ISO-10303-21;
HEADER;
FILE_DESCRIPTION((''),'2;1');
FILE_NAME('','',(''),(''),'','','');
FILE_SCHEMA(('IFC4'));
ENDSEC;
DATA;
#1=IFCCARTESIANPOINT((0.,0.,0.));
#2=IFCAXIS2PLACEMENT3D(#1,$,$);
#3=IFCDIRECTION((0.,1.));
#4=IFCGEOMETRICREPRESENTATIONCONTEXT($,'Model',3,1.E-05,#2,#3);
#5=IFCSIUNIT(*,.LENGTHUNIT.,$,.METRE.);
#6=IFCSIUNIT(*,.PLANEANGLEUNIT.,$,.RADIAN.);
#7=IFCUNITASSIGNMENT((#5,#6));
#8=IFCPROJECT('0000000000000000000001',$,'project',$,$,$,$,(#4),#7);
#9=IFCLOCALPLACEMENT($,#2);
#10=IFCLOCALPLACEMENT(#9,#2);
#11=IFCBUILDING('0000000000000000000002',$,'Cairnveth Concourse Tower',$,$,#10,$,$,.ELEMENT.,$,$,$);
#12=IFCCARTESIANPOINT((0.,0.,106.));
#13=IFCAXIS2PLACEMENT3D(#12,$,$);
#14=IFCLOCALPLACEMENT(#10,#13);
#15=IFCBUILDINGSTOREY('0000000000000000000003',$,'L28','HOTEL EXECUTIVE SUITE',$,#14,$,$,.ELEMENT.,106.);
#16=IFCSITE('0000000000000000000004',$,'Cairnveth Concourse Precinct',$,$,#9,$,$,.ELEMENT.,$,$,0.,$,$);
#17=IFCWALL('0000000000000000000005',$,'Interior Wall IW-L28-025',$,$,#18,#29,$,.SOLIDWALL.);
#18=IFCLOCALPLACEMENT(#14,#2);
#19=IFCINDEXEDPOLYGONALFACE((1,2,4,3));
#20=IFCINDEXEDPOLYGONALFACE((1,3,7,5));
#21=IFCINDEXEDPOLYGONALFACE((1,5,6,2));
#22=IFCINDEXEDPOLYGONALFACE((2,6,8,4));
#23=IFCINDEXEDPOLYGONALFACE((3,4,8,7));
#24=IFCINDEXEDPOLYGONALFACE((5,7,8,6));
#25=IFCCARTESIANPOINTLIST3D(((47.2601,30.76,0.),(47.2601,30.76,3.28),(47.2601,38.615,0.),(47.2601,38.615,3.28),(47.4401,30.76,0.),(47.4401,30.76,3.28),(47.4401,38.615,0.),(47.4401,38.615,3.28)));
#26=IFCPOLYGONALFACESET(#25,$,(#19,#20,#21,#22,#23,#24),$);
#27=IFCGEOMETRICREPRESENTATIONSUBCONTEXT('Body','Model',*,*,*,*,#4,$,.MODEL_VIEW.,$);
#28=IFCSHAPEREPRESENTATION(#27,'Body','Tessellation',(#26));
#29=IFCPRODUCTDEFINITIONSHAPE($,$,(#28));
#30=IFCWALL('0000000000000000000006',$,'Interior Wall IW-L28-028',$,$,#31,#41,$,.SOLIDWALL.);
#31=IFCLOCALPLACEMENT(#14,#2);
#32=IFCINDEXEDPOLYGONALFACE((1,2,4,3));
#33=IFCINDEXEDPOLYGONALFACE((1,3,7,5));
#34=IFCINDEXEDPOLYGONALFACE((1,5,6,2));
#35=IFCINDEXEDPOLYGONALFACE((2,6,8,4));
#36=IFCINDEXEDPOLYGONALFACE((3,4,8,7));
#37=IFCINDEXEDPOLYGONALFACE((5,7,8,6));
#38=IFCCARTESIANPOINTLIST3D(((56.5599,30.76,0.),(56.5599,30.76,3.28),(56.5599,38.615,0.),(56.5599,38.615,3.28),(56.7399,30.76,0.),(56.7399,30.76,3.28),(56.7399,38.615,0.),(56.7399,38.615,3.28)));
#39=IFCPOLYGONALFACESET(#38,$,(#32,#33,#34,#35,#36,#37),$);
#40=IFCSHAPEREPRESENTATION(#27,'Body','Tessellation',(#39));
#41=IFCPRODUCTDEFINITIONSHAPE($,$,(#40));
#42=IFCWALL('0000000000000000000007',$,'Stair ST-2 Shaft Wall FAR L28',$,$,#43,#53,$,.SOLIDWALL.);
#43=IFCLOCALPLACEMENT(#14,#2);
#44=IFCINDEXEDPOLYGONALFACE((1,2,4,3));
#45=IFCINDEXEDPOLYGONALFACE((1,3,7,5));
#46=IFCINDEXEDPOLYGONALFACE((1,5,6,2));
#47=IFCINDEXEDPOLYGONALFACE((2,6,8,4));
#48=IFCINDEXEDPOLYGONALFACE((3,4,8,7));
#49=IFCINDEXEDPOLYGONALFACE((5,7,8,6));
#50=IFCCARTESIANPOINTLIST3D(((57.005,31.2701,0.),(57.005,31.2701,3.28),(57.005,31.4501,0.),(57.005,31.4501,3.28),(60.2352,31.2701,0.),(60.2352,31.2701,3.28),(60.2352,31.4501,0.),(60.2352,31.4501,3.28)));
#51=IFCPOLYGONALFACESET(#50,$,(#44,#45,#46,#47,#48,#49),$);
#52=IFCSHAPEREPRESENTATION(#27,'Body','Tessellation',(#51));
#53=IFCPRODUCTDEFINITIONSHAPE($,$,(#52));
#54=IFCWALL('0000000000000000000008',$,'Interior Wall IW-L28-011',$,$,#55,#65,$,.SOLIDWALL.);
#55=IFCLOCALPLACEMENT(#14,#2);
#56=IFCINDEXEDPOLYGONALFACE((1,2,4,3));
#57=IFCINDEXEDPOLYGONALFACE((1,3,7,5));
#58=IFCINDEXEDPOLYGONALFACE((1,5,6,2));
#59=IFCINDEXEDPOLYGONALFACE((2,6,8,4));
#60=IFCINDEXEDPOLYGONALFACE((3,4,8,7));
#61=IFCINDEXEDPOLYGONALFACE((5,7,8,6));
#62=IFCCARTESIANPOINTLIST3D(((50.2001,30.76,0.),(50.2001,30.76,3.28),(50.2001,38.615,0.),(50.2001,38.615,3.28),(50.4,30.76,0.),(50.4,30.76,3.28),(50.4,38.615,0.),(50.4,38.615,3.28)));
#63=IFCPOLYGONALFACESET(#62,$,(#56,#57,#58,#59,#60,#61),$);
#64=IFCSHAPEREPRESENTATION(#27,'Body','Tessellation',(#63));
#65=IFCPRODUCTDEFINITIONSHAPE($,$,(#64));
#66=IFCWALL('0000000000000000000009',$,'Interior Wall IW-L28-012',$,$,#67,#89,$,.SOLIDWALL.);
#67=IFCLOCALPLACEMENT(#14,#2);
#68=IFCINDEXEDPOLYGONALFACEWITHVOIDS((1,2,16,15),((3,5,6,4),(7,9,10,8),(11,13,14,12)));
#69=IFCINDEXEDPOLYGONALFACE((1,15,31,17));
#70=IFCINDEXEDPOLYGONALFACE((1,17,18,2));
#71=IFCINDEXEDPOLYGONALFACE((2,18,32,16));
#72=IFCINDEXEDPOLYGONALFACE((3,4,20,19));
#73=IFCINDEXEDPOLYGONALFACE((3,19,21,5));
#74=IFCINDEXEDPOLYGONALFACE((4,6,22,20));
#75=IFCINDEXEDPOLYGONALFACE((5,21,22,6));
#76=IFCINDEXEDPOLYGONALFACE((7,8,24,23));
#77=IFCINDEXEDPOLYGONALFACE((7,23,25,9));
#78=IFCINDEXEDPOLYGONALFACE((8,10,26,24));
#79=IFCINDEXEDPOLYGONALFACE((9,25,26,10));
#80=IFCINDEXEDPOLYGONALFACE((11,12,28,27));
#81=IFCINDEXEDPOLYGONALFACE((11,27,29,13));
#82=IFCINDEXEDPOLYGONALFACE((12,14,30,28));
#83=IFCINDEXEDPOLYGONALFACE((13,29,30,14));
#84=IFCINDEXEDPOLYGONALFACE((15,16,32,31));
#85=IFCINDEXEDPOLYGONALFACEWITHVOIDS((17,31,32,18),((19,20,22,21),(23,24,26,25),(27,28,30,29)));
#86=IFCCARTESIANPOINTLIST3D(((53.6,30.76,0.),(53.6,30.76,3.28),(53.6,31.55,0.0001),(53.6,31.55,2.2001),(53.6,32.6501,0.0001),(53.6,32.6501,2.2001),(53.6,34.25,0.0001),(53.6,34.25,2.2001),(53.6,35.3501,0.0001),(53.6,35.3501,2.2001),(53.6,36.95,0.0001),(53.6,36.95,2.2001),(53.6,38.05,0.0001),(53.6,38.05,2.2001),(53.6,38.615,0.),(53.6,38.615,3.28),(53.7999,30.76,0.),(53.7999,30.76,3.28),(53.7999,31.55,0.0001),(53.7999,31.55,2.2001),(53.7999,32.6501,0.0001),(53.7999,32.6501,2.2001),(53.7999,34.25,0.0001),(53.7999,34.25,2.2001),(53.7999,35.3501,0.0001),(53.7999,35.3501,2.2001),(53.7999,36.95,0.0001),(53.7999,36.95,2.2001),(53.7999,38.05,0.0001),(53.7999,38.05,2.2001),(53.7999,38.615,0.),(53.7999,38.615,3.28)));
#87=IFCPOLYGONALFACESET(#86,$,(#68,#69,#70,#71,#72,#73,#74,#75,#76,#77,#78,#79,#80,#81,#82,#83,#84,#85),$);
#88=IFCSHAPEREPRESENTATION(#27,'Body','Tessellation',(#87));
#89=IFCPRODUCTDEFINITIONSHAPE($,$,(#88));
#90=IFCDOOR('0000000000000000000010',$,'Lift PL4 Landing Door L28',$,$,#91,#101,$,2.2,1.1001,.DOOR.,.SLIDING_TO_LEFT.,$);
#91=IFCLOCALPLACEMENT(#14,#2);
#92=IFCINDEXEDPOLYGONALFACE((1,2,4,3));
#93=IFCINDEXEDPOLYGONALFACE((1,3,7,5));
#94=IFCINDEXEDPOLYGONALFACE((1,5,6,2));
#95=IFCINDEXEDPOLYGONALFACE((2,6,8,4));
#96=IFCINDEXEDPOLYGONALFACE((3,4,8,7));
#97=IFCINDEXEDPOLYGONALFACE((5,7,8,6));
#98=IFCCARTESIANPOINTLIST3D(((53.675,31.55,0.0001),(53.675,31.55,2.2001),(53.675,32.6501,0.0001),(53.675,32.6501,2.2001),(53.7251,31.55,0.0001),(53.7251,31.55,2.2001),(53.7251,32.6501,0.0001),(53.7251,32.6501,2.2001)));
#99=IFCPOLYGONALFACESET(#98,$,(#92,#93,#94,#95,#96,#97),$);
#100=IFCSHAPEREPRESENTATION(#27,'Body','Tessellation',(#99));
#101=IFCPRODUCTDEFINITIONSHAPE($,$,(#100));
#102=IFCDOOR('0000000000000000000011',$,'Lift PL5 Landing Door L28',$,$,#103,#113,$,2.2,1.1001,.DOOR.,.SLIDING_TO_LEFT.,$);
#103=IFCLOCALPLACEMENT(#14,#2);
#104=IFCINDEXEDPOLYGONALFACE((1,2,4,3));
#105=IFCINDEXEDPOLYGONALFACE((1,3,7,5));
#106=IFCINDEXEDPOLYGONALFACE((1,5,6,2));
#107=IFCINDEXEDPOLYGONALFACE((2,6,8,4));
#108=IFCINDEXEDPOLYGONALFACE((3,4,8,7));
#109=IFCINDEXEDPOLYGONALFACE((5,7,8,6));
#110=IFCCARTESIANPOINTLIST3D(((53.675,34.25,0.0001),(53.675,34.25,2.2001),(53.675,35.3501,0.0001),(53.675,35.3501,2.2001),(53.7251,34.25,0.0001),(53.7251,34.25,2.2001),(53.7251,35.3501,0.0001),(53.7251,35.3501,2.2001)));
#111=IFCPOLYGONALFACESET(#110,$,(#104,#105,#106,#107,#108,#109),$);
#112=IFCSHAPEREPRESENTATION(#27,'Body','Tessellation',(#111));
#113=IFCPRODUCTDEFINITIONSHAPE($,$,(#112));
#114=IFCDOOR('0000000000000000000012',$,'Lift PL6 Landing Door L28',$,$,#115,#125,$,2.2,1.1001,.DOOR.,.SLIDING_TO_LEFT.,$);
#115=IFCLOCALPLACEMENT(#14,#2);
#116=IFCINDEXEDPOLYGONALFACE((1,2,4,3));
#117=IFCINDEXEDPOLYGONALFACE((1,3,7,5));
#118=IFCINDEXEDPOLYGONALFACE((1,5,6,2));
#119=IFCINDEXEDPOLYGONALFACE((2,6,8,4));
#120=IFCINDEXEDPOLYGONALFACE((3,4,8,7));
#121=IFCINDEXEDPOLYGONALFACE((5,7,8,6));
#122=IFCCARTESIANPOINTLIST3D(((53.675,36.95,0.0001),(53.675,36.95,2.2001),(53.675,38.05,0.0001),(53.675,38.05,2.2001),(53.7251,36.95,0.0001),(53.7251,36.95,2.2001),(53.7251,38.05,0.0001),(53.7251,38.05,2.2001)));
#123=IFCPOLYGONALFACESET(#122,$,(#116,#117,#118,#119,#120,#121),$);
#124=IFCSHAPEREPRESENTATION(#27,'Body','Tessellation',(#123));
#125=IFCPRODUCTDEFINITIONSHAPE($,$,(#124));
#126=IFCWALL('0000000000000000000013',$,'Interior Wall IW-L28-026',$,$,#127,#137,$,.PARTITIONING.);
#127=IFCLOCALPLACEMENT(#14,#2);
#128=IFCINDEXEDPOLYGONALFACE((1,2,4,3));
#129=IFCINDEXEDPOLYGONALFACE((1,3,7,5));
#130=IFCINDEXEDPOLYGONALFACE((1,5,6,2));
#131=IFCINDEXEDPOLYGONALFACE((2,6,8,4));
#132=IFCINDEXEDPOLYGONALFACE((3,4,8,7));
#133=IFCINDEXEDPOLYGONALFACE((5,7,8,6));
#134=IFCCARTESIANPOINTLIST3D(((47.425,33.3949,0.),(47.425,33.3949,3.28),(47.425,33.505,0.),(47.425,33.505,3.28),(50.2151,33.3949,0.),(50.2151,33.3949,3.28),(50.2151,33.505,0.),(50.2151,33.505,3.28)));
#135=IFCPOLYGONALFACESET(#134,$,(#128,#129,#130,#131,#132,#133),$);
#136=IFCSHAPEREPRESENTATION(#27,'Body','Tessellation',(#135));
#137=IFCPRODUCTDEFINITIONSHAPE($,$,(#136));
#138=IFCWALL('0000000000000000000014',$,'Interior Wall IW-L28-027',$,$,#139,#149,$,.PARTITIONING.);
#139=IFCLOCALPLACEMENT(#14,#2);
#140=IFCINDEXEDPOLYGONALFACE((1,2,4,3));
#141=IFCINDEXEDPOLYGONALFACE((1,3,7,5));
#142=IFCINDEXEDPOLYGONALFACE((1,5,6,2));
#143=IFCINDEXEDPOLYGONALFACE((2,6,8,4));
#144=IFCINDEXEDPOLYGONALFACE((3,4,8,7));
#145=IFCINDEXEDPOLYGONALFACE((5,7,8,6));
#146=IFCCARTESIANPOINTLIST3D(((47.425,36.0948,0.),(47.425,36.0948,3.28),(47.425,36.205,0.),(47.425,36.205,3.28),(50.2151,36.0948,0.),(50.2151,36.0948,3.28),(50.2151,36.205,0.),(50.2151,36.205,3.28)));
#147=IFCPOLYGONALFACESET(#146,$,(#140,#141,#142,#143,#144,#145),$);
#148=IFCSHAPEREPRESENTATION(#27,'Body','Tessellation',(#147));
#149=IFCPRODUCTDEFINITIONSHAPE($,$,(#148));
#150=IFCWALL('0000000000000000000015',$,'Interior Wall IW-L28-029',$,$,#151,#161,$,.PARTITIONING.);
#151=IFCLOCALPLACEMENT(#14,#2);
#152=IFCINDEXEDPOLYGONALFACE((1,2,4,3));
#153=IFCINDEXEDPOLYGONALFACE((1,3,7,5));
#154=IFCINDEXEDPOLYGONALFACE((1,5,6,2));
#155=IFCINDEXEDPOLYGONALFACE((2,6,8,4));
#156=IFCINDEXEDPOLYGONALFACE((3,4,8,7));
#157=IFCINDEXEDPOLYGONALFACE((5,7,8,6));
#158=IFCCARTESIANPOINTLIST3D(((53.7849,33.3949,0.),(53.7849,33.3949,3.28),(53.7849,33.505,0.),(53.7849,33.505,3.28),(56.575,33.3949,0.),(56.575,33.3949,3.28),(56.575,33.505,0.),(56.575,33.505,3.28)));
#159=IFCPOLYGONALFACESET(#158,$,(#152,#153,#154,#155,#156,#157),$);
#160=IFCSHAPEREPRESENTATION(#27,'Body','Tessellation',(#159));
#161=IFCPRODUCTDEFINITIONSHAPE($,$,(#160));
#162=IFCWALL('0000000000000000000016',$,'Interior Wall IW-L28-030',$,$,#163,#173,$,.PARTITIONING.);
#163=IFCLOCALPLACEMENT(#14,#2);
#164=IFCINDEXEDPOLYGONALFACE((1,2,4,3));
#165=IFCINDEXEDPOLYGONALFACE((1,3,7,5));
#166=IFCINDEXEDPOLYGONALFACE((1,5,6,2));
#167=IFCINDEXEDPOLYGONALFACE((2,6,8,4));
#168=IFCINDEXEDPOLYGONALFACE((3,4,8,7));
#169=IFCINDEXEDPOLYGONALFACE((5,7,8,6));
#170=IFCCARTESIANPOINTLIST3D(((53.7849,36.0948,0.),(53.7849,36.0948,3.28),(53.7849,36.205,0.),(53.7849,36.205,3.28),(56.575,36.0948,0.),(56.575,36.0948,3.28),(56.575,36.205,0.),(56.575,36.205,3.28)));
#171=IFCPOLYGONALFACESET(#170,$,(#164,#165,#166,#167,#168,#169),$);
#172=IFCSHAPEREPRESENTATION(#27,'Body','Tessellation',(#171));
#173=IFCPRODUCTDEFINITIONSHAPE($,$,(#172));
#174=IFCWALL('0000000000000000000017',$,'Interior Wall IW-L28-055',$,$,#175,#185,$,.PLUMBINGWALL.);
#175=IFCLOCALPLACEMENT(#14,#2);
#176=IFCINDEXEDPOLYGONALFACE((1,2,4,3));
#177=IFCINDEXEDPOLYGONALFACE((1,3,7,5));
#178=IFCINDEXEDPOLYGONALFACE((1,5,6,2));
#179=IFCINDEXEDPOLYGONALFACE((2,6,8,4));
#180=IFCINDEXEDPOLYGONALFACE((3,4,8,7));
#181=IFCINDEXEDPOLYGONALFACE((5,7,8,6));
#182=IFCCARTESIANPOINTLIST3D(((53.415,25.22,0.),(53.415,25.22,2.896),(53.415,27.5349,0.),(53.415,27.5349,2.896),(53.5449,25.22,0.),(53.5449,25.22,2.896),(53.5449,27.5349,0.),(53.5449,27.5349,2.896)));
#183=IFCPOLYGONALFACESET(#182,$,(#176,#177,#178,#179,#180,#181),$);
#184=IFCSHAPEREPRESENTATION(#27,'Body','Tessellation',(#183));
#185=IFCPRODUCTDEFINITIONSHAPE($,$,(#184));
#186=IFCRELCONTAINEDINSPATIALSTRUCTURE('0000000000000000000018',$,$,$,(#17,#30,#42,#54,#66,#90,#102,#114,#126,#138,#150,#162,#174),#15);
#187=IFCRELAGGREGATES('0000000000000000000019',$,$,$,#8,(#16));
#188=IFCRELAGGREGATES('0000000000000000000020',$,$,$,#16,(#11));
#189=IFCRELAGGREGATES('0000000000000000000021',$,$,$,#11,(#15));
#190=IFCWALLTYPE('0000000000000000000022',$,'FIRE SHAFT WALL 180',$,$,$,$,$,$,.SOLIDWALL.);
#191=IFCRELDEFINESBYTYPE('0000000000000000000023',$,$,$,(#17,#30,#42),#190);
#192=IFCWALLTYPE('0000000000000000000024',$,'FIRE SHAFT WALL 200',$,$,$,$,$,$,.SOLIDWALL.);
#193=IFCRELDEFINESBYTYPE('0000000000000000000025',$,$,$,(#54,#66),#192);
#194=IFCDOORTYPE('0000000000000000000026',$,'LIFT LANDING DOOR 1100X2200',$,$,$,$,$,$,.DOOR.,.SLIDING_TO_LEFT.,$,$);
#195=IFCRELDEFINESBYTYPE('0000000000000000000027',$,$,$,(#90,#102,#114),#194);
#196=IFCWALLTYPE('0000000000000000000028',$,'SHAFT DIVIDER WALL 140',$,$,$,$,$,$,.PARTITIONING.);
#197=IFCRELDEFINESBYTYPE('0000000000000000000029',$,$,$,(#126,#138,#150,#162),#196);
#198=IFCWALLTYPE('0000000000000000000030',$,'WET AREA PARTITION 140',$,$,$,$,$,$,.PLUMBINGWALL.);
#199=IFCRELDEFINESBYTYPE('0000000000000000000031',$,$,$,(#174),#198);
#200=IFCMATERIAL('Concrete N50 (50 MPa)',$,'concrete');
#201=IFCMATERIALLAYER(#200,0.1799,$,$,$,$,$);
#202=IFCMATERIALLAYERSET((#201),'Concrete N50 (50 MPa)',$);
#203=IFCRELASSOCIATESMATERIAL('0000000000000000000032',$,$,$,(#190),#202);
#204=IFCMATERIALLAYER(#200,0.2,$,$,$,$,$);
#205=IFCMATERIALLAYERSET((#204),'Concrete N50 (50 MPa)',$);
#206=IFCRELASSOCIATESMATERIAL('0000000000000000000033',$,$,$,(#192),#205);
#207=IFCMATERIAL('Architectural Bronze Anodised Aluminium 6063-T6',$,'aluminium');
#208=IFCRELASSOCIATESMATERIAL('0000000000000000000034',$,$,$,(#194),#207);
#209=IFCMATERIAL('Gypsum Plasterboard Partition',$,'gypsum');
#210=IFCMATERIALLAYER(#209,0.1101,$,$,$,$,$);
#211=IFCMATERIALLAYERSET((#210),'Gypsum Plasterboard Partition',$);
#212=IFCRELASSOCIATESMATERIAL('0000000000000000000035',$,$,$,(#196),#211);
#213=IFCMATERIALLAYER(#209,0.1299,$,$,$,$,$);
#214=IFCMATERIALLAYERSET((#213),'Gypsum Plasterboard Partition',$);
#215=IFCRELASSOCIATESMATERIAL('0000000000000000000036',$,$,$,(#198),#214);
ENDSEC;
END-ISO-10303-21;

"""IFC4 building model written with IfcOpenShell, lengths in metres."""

from ifc_helpers import new_model, si_unit, direction, frame, frame_2d, origin, place, context, subcontext, project, spatial, rectangle, extrude, material, layer, layer_set, type_object, element, fill, save


model = new_model("IFC4")

# Units and contexts
model_context = context("Model", 3, precision=1e-05, world=origin(), true_north=direction((0.0, 1.0)))
body_context = subcontext(model_context, "Body", "Model", "MODEL_VIEW")
ifc_project = project(units=[si_unit("LENGTHUNIT", "METRE"), si_unit("PLANEANGLEUNIT", "RADIAN")], contexts=[model_context])

# Site, building, storey
site_placement = place(None, origin())
site = spatial("IfcSite", under=ifc_project, at=site_placement, Name="Cairnveth Concourse Precinct", CompositionType="ELEMENT", RefElevation=0.0)
building_placement = place(site_placement, origin())
building = spatial("IfcBuilding", under=site, at=building_placement, Name="Cairnveth Concourse Tower", CompositionType="ELEMENT")
storey_placement = place(building_placement, frame((0.0, 0.0, 106.0)))
storey = spatial("IfcBuildingStorey", under=building, at=storey_placement, Name="L28", Description="HOTEL EXECUTIVE SUITE", CompositionType="ELEMENT", Elevation=106.0)

# Walls
ifc_material_1 = material(Name="Gypsum Plasterboard Partition", Category="gypsum")
ifc_material_2 = material(Name="Concrete N50 (50 MPa)", Category="concrete")
ifc_layer_1 = layer(ifc_material_2, 0.1799)
ifc_layer_set_1 = layer_set([ifc_layer_1], Name="Concrete N50 (50 MPa)")
wall_type_1 = type_object("IfcWallType", Name="FIRE SHAFT WALL 180", PredefinedType="SOLIDWALL", material=ifc_layer_set_1)
for number, where, z_axis, x_axis, name in (
    (1, (47.3501, 30.76, 0.0), (0.0, 0.0, 1.0), (0.0, 1.0, 0.0), "Interior Wall IW-L28-025"),
    (2, (56.6499, 30.76, 0.0), (0.0, 0.0, 1.0), (0.0, 1.0, 0.0), "Interior Wall IW-L28-028"),
):
    element("IfcWall", number, at=place(storey_placement, frame(where, z_axis=z_axis, x_axis=x_axis)), inside=storey, type_object=wall_type_1, Name=name, PredefinedType="SOLIDWALL", context=body_context, shape_type="SweptSolid", body=[
        extrude(rectangle(XDim=7.855, YDim=0.1799, at=frame_2d((3.9275, 0.0))), origin(), (0.0, 0.0, 1.0), 3.28),
    ])
wall_1_placement = place(storey_placement, frame((57.0049, 31.3601, 0.0), z_axis=(0.0, 0.0, 1.0), x_axis=(1.0, 0.0, 0.0)))
element("IfcWall", 3, at=wall_1_placement, inside=storey, type_object=wall_type_1, Name="Stair ST-2 Shaft Wall FAR L28", PredefinedType="SOLIDWALL", context=body_context, shape_type="SweptSolid", body=[
    extrude(rectangle(XDim=3.2302, YDim=0.1799, at=frame_2d((1.6152, 0.0))), origin(), (0.0, 0.0, 1.0), 3.28),
])
ifc_layer_2 = layer(ifc_material_2, 0.2)
ifc_layer_set_2 = layer_set([ifc_layer_2], Name="Concrete N50 (50 MPa)")
wall_type_2 = type_object("IfcWallType", Name="FIRE SHAFT WALL 200", PredefinedType="SOLIDWALL", material=ifc_layer_set_2)
wall_2_placement = place(storey_placement, frame((50.3, 30.76, 0.0), z_axis=(0.0, 0.0, 1.0), x_axis=(0.0, 1.0, 0.0)))
element("IfcWall", 4, at=wall_2_placement, inside=storey, type_object=wall_type_2, Name="Interior Wall IW-L28-011", PredefinedType="SOLIDWALL", context=body_context, shape_type="SweptSolid", body=[
    extrude(rectangle(XDim=7.855, YDim=0.2, at=frame_2d((3.9275, 0.0))), origin(), (0.0, 0.0, 1.0), 3.28),
])

# Wall, openings, doors
wall_3_placement = place(storey_placement, frame((53.7, 30.76, 0.0), z_axis=(0.0, 0.0, 1.0), x_axis=(0.0, 1.0, 0.0)))
wall_3 = element("IfcWall", 5, at=wall_3_placement, inside=storey, type_object=wall_type_2, Name="Interior Wall IW-L28-012", PredefinedType="SOLIDWALL", context=body_context, shape_type="SweptSolid", body=[
    extrude(rectangle(XDim=7.855, YDim=0.2, at=frame_2d((3.9275, 0.0))), origin(), (0.0, 0.0, 1.0), 3.28),
])
opening_1_placement = place(wall_3_placement, frame((0.79, 0.0, 0.0)))
opening_1 = element("IfcOpeningElement", 6, at=opening_1_placement, cuts=wall_3, PredefinedType="OPENING", context=body_context, shape_type="SweptSolid", body=[
    extrude(rectangle(XDim=1.1001, YDim=2.2, at=frame_2d((0.55, 1.1001))), frame((0.0, 0.1099, 0.0), z_axis=(0.0, -1.0, 0.0), x_axis=(1.0, 0.0, 0.0)), (0.0, 0.0, 1.0), 0.22),
])
opening_2_placement = place(wall_3_placement, frame((3.49, 0.0, 0.0)))
opening_2 = element("IfcOpeningElement", 7, at=opening_2_placement, cuts=wall_3, PredefinedType="OPENING", context=body_context, shape_type="SweptSolid", body=[
    extrude(rectangle(XDim=1.1001, YDim=2.2, at=frame_2d((0.55, 1.1001))), frame((0.0, 0.1099, 0.0), z_axis=(0.0, -1.0, 0.0), x_axis=(1.0, 0.0, 0.0)), (0.0, 0.0, 1.0), 0.22),
])
opening_3_placement = place(wall_3_placement, frame((6.1899, 0.0, 0.0)))
opening_3 = element("IfcOpeningElement", 8, at=opening_3_placement, cuts=wall_3, PredefinedType="OPENING", context=body_context, shape_type="SweptSolid", body=[
    extrude(rectangle(XDim=1.1001, YDim=2.2, at=frame_2d((0.55, 1.1001))), frame((0.0, 0.1099, 0.0), z_axis=(0.0, -1.0, 0.0), x_axis=(1.0, 0.0, 0.0)), (0.0, 0.0, 1.0), 0.22),
])
ifc_material_3 = material(Name="Architectural Bronze Anodised Aluminium 6063-T6", Category="aluminium")
door_type_1 = type_object("IfcDoorType", Name="LIFT LANDING DOOR 1100X2200", OperationType="SLIDING_TO_LEFT", PredefinedType="DOOR", material=ifc_material_3)
door_1_placement = place(opening_1_placement, origin())
door_1 = element("IfcDoor", 9, at=door_1_placement, inside=storey, type_object=door_type_1, Name="Lift PL4 Landing Door L28", OperationType="SLIDING_TO_LEFT", OverallHeight=2.2, OverallWidth=1.1001, PredefinedType="DOOR", context=body_context, shape_type="SweptSolid", body=[
    extrude(rectangle(XDim=1.1001, YDim=2.2, at=frame_2d((0.55, 1.1001))), frame((0.0, 0.0249, 0.0), z_axis=(0.0, -1.0, 0.0), x_axis=(1.0, 0.0, 0.0)), (0.0, 0.0, 1.0), 0.05),
])
fill(opening_1, door_1)
door_2_placement = place(opening_2_placement, origin())
door_2 = element("IfcDoor", 10, at=door_2_placement, inside=storey, type_object=door_type_1, Name="Lift PL5 Landing Door L28", OperationType="SLIDING_TO_LEFT", OverallHeight=2.2, OverallWidth=1.1001, PredefinedType="DOOR", context=body_context, shape_type="SweptSolid", body=[
    extrude(rectangle(XDim=1.1001, YDim=2.2, at=frame_2d((0.55, 1.1001))), frame((0.0, 0.0249, 0.0), z_axis=(0.0, -1.0, 0.0), x_axis=(1.0, 0.0, 0.0)), (0.0, 0.0, 1.0), 0.05),
])
fill(opening_2, door_2)
door_3_placement = place(opening_3_placement, origin())
door_3 = element("IfcDoor", 11, at=door_3_placement, inside=storey, type_object=door_type_1, Name="Lift PL6 Landing Door L28", OperationType="SLIDING_TO_LEFT", OverallHeight=2.2, OverallWidth=1.1001, PredefinedType="DOOR", context=body_context, shape_type="SweptSolid", body=[
    extrude(rectangle(XDim=1.1001, YDim=2.2, at=frame_2d((0.55, 1.1001))), frame((0.0, 0.0249, 0.0), z_axis=(0.0, -1.0, 0.0), x_axis=(1.0, 0.0, 0.0)), (0.0, 0.0, 1.0), 0.05),
])
fill(opening_3, door_3)

# Walls
ifc_layer_3 = layer(ifc_material_1, 0.1101)
ifc_layer_set_3 = layer_set([ifc_layer_3], Name="Gypsum Plasterboard Partition")
wall_type_3 = type_object("IfcWallType", Name="SHAFT DIVIDER WALL 140", PredefinedType="PARTITIONING", material=ifc_layer_set_3)
for number, where, z_axis, x_axis, name in (
    (12, (47.425, 33.45, 0.0), (0.0, 0.0, 1.0), (1.0, 0.0, 0.0), "Interior Wall IW-L28-026"),
    (13, (47.425, 36.1499, 0.0), (0.0, 0.0, 1.0), (1.0, 0.0, 0.0), "Interior Wall IW-L28-027"),
    (14, (53.7849, 33.45, 0.0), (0.0, 0.0, 1.0), (1.0, 0.0, 0.0), "Interior Wall IW-L28-029"),
    (15, (53.7849, 36.1499, 0.0), (0.0, 0.0, 1.0), (1.0, 0.0, 0.0), "Interior Wall IW-L28-030"),
):
    element("IfcWall", number, at=place(storey_placement, frame(where, z_axis=z_axis, x_axis=x_axis)), inside=storey, type_object=wall_type_3, Name=name, PredefinedType="PARTITIONING", context=body_context, shape_type="SweptSolid", body=[
        extrude(rectangle(XDim=2.79, YDim=0.1101, at=frame_2d((1.395, 0.0))), origin(), (0.0, 0.0, 1.0), 3.28),
    ])
ifc_layer_4 = layer(ifc_material_1, 0.1299)
ifc_layer_set_4 = layer_set([ifc_layer_4], Name="Gypsum Plasterboard Partition")
wall_type_4 = type_object("IfcWallType", Name="WET AREA PARTITION 140", PredefinedType="PLUMBINGWALL", material=ifc_layer_set_4)
wall_4_placement = place(storey_placement, frame((53.48, 25.22, 0.0), z_axis=(0.0, 0.0, 1.0), x_axis=(0.0, 1.0, 0.0)))
element("IfcWall", 16, at=wall_4_placement, inside=storey, type_object=wall_type_4, Name="Interior Wall IW-L28-055", PredefinedType="PLUMBINGWALL", context=body_context, shape_type="SweptSolid", body=[
    extrude(rectangle(XDim=2.3149, YDim=0.1299, at=frame_2d((1.1575, 0.0))), origin(), (0.0, 0.0, 1.0), 2.896),
])

save(model, "model.ifc")
